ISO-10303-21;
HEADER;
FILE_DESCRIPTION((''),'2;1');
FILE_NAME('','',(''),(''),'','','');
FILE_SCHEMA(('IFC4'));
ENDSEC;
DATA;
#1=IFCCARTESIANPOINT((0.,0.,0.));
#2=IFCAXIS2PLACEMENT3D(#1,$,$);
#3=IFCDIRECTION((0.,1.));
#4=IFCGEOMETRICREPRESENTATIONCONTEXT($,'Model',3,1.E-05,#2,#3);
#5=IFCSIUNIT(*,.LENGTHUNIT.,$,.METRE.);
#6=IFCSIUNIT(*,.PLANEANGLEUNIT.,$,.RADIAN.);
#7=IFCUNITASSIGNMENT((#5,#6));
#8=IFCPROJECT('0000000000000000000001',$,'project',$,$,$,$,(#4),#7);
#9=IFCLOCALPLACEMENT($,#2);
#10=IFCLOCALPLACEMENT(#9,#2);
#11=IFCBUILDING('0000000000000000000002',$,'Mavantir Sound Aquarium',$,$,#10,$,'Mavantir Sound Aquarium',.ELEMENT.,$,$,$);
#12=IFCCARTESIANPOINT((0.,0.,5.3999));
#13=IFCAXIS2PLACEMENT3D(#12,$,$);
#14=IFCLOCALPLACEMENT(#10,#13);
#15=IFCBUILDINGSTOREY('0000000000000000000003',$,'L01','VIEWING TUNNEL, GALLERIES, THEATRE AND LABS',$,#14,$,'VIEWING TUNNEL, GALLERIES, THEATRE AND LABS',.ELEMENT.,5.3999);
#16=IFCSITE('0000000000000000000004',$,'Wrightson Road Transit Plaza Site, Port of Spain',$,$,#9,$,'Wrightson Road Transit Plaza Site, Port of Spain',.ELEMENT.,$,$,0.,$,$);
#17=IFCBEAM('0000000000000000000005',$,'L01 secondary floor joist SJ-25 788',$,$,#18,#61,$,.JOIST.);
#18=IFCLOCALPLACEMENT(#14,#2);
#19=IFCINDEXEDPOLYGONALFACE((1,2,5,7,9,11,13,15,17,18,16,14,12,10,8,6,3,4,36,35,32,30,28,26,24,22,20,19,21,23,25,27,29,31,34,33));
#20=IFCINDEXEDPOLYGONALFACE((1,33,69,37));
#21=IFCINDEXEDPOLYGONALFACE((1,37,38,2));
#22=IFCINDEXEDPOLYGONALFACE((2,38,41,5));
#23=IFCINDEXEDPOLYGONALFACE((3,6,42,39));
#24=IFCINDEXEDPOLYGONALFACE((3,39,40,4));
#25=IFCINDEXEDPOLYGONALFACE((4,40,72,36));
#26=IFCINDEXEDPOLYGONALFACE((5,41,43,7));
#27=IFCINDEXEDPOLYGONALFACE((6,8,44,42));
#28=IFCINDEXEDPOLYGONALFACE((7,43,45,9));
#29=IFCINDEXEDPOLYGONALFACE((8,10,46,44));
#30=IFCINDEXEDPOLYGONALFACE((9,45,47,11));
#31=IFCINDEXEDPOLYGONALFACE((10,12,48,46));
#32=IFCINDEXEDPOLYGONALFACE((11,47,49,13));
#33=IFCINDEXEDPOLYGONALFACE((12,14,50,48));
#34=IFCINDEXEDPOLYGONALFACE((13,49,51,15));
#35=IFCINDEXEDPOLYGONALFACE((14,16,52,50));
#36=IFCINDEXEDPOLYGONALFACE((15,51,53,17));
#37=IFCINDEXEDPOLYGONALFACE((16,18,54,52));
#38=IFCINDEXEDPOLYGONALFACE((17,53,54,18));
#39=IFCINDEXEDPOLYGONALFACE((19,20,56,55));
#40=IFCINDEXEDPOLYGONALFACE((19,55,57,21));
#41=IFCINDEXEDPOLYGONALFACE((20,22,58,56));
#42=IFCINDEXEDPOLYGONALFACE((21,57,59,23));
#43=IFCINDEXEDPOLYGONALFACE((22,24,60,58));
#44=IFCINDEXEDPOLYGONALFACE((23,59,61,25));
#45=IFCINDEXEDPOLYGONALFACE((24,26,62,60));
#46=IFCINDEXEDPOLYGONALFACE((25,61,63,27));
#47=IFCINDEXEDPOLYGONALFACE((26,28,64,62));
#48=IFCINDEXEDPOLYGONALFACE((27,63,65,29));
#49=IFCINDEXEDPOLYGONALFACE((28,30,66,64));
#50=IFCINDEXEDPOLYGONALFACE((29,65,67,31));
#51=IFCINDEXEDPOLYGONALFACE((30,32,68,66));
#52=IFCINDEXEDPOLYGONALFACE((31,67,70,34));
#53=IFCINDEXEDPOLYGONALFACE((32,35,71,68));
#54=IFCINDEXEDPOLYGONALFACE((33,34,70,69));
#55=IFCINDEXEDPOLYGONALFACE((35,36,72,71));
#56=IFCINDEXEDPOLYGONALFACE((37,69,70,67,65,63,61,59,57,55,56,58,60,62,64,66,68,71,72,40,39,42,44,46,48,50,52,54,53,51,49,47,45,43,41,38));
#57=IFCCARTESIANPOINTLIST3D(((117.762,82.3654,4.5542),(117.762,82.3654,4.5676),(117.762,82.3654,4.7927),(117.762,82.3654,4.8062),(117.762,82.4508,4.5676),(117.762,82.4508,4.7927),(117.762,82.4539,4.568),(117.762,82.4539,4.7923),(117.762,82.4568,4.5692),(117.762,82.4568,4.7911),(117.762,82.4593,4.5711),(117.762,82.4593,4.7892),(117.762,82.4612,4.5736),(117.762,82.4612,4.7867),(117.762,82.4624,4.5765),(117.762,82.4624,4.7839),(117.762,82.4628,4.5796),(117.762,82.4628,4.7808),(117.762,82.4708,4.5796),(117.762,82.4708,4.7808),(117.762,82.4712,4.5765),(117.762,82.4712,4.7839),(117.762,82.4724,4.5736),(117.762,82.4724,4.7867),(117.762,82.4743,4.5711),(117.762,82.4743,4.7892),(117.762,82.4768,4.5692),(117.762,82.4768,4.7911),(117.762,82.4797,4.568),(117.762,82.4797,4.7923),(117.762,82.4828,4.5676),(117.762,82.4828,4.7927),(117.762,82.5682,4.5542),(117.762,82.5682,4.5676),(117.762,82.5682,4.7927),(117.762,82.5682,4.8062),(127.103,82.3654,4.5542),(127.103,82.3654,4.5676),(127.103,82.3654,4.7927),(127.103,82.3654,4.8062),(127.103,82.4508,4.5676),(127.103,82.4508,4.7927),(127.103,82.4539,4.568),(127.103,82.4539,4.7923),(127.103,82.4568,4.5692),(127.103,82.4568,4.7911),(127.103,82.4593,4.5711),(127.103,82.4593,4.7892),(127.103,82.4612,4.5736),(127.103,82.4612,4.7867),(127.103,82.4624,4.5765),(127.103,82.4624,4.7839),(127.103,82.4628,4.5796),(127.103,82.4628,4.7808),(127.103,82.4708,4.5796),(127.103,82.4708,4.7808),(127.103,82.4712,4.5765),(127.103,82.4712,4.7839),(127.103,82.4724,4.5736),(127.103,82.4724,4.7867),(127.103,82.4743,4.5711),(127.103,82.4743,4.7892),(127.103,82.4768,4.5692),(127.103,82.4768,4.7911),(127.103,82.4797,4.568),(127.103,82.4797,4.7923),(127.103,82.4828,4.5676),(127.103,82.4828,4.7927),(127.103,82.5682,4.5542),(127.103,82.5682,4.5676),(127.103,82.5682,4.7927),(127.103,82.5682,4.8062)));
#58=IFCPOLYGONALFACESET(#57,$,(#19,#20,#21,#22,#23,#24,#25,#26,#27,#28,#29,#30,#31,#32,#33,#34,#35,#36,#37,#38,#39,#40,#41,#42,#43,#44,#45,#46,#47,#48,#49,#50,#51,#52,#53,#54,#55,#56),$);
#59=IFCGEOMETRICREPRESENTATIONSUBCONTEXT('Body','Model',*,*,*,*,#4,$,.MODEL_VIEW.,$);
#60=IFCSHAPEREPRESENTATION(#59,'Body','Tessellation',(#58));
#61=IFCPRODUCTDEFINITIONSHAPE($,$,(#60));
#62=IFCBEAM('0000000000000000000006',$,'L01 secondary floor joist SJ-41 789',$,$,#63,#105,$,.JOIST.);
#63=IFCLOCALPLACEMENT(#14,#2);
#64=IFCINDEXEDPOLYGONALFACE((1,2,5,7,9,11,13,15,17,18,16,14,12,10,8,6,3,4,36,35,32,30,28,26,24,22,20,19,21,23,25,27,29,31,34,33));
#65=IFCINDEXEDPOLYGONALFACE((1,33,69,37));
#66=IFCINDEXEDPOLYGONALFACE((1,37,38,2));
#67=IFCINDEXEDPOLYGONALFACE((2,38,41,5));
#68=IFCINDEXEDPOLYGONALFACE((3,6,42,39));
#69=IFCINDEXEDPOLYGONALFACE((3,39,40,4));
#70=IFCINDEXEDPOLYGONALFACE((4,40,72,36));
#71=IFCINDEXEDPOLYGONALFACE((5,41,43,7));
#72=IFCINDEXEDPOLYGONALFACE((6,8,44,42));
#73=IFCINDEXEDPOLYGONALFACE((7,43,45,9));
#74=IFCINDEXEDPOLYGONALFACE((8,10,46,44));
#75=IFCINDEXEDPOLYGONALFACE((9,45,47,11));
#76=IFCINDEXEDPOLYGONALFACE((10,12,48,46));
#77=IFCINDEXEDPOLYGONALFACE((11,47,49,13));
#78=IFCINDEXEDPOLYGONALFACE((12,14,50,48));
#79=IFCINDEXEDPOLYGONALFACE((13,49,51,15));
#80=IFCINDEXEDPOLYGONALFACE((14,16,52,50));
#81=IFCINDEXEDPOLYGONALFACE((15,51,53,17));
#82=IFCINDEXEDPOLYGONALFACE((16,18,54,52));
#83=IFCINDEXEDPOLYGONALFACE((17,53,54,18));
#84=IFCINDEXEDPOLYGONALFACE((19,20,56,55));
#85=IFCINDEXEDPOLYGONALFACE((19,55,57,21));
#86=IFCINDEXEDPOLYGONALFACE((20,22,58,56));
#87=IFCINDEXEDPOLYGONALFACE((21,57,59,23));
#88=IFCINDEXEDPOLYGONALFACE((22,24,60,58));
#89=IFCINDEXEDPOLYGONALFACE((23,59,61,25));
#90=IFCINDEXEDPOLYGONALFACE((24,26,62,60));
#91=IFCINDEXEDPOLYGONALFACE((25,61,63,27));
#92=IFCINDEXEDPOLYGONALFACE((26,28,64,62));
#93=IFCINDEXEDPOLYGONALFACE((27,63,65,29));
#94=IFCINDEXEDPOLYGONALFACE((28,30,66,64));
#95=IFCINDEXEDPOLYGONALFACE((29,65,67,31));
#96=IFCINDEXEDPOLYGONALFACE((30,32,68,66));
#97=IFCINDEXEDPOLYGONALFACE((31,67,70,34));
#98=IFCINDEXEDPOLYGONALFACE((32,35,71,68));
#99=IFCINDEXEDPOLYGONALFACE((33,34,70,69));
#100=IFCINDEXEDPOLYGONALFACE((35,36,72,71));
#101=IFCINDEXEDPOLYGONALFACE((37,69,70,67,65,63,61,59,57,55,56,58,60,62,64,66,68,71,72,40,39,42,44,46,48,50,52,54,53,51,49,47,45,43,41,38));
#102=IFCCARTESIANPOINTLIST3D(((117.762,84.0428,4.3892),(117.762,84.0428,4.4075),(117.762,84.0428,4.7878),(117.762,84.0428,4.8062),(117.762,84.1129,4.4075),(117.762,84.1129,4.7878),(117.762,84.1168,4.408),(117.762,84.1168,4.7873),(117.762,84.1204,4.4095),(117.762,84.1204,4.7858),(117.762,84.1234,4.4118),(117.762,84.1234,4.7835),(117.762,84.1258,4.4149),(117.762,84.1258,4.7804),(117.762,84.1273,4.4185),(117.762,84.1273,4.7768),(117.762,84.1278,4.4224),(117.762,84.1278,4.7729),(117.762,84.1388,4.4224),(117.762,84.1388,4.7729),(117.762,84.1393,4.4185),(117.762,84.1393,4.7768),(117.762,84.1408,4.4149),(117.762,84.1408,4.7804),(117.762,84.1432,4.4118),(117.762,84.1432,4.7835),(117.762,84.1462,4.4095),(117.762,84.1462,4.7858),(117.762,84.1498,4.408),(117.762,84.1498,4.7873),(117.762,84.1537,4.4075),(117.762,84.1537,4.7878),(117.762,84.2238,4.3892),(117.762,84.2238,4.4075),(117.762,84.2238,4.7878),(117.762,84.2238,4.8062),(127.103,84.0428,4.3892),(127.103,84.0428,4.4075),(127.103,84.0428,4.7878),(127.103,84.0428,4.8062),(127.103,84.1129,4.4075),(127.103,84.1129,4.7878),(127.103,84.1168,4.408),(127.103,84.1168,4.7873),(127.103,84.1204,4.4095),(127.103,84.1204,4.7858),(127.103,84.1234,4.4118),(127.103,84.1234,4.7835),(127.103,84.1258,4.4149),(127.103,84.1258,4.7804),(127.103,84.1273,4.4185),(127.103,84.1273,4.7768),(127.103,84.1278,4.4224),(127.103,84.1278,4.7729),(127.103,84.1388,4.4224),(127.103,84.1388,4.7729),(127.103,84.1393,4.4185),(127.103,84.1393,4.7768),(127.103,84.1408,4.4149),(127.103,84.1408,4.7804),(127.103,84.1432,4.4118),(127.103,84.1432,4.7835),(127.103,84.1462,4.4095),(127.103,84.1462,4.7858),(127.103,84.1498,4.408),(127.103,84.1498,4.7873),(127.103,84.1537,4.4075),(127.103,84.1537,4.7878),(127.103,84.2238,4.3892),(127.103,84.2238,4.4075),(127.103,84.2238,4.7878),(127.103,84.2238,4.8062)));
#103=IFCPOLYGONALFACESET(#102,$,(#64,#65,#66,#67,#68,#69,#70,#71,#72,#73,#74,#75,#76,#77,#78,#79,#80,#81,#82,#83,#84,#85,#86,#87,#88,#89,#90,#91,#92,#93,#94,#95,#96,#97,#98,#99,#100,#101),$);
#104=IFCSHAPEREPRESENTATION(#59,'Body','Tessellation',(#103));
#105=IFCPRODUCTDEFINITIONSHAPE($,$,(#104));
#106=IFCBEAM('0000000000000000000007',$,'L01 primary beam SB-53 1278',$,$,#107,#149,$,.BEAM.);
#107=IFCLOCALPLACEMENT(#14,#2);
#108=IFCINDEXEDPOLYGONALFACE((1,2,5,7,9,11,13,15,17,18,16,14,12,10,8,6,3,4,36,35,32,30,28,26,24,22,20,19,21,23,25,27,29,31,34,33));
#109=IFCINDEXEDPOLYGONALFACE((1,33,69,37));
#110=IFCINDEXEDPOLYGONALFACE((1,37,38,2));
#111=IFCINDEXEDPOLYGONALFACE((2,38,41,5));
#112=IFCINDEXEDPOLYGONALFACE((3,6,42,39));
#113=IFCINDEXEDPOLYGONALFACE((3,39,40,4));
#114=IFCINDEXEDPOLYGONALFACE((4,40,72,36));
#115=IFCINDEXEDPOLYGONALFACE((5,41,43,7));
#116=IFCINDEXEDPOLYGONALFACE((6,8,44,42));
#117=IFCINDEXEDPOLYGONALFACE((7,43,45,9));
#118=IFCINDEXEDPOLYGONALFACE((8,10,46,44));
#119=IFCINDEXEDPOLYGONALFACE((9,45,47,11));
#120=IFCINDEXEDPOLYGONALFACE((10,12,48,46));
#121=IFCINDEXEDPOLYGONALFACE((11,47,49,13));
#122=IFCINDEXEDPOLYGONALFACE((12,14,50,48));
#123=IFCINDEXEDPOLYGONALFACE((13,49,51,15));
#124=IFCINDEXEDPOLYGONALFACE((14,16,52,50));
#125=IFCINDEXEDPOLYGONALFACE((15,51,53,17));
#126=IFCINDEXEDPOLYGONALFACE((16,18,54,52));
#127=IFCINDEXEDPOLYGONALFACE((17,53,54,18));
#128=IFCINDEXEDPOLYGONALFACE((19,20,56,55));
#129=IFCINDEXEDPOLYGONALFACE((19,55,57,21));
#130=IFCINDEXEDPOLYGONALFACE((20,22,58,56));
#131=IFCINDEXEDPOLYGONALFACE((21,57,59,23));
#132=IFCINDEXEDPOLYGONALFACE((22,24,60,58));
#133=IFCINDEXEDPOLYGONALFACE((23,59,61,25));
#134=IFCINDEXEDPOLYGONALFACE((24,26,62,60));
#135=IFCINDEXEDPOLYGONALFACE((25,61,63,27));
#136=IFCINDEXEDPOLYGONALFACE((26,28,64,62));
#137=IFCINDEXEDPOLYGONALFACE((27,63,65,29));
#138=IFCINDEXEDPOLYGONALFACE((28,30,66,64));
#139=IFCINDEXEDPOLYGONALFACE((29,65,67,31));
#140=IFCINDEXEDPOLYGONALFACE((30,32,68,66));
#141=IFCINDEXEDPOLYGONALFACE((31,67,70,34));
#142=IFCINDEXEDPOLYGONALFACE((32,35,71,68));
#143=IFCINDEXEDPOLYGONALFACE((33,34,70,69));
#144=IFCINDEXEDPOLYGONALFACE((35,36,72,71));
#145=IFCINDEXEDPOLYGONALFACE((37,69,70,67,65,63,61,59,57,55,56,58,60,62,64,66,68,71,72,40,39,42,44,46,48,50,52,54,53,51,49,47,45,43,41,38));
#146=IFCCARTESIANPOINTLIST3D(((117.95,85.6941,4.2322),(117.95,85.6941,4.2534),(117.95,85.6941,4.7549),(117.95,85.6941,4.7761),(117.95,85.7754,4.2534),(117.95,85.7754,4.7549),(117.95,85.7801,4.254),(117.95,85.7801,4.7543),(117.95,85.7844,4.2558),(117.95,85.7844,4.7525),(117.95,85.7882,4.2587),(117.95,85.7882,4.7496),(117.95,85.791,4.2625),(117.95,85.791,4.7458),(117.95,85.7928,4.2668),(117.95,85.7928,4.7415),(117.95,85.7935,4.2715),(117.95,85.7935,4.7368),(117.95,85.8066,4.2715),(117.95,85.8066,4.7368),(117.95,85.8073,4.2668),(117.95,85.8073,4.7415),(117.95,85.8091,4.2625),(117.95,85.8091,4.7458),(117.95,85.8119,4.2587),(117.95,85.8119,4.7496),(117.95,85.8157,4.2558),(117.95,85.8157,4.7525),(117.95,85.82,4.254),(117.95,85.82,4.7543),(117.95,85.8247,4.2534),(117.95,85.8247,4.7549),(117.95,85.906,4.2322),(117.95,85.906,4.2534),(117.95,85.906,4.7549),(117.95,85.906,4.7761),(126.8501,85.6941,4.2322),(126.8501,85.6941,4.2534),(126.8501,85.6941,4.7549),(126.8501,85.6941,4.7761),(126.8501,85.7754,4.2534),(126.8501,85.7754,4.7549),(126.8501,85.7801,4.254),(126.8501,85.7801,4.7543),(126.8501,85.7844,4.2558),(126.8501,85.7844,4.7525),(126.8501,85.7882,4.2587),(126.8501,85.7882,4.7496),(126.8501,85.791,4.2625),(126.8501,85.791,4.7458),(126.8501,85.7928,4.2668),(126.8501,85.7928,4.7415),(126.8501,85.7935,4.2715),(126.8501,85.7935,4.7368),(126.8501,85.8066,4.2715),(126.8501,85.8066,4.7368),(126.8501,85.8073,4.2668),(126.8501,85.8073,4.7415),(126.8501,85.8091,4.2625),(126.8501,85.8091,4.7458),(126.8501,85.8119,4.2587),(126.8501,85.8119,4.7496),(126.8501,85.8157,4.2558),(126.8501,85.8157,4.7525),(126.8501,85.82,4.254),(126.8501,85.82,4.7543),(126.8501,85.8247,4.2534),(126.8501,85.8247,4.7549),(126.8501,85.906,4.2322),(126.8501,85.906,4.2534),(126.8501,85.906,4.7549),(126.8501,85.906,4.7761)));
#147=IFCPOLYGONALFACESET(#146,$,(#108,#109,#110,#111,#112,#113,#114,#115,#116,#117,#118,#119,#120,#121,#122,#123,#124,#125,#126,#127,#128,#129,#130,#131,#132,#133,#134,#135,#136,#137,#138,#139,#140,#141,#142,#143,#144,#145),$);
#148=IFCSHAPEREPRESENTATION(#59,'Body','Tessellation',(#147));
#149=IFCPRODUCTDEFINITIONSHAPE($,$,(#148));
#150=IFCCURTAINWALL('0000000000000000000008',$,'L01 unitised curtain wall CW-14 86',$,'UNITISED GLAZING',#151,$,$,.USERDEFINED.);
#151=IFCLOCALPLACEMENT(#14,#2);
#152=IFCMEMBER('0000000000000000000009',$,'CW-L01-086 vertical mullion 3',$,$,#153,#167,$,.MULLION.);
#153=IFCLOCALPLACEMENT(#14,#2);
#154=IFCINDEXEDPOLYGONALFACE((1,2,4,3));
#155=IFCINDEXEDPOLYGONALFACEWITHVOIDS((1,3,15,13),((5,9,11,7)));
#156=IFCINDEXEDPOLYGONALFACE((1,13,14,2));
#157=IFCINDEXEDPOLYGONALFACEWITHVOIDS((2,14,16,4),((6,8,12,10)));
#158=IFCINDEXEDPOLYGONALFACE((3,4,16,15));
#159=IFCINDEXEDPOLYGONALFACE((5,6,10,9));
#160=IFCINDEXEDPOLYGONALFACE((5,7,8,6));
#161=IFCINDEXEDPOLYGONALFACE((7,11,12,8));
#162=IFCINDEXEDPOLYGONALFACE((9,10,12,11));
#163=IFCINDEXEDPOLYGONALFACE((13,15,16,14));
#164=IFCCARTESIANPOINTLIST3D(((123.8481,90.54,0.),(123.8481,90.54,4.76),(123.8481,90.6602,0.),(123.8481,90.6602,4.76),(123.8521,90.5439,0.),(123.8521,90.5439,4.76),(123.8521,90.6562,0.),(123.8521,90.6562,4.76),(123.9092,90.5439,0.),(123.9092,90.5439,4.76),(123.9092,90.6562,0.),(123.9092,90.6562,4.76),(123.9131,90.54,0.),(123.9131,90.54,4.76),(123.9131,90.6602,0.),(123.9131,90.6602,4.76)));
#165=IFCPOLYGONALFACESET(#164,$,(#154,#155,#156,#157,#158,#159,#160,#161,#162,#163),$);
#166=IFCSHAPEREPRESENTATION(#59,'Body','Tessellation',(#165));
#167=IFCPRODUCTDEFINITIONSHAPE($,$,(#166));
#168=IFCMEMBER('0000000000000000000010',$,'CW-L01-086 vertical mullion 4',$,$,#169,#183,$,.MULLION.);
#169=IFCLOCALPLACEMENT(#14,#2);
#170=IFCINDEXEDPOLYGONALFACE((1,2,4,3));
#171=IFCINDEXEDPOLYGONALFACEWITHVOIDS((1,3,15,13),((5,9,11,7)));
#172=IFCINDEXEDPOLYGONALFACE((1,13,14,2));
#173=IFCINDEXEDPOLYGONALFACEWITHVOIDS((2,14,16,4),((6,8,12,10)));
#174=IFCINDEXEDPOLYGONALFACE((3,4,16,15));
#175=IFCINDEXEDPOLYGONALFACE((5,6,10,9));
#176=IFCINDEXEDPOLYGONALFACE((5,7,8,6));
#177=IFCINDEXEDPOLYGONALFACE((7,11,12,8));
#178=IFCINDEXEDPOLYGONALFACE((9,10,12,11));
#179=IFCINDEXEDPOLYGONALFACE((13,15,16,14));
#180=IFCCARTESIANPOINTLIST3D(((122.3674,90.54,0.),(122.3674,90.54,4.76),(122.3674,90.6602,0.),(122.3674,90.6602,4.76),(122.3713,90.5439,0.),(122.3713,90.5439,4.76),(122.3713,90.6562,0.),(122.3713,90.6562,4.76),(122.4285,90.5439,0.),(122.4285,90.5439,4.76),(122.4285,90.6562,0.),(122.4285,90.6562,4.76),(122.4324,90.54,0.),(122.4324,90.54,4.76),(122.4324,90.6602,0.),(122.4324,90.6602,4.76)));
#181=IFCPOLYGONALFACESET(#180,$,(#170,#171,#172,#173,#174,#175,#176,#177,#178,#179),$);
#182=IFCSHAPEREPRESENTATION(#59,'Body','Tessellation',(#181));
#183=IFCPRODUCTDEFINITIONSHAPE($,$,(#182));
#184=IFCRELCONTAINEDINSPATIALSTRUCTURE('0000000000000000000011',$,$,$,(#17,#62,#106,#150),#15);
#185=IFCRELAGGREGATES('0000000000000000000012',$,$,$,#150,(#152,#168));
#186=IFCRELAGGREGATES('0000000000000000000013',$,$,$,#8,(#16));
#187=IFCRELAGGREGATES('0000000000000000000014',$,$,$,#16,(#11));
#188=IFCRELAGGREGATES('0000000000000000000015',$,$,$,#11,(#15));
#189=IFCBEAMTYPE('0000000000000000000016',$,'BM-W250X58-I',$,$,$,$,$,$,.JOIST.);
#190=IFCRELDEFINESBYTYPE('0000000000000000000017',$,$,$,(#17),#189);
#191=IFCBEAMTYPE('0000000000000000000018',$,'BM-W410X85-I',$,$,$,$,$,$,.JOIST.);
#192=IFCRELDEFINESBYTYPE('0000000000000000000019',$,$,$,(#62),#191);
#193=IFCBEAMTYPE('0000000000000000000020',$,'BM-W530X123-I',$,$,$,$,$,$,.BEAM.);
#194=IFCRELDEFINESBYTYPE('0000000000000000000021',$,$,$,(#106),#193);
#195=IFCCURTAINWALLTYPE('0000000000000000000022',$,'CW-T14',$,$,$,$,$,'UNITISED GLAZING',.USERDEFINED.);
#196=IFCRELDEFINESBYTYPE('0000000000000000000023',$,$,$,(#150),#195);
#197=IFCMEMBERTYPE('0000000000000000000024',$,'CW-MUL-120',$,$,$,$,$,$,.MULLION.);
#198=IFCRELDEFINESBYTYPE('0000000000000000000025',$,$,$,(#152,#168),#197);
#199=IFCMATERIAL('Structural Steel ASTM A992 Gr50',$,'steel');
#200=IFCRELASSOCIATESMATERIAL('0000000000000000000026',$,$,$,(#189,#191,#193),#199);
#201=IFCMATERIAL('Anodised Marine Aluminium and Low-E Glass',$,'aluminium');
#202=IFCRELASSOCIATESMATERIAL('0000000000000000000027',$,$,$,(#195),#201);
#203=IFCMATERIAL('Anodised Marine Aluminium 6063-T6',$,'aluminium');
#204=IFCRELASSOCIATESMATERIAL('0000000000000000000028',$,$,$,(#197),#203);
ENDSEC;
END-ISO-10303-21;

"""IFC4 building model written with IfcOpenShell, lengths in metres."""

from ifc_helpers import new_model, si_unit, direction, frame, origin, origin_2d, place, context, subcontext, project, spatial, hollow_rectangle, i_section, extrude, material, material_profile, profile_set, type_object, element, aggregate, save


model = new_model("IFC4")

# Units and contexts
model_context = context("Model", 3, precision=1e-05, world=origin(), true_north=direction((0.0, 1.0)))
body_context = subcontext(model_context, "Body", "Model", "MODEL_VIEW")
ifc_project = project(units=[si_unit("LENGTHUNIT", "METRE"), si_unit("PLANEANGLEUNIT", "RADIAN")], contexts=[model_context])

# Site, building, storey
site_placement = place(None, origin())
site = spatial("IfcSite", under=ifc_project, at=site_placement, Name="Wrightson Road Transit Plaza Site, Port of Spain", LongName="Wrightson Road Transit Plaza Site, Port of Spain", CompositionType="ELEMENT", RefElevation=0.0)
building_placement = place(site_placement, origin())
building = spatial("IfcBuilding", under=site, at=building_placement, Name="Mavantir Sound Aquarium", LongName="Mavantir Sound Aquarium", CompositionType="ELEMENT")
storey_placement = place(building_placement, frame((0.0, 0.0, 5.3999)))
storey = spatial("IfcBuildingStorey", under=building, at=storey_placement, Name="L01", Description="VIEWING TUNNEL, GALLERIES, THEATRE AND LABS", LongName="VIEWING TUNNEL, GALLERIES, THEATRE AND LABS", CompositionType="ELEMENT", Elevation=5.3999)

# Beams
ifc_material_1 = material(Name="Structural Steel ASTM A992 Gr50", Category="steel")
ifc_material_profile_1 = material_profile(ifc_material_1, i_section(OverallWidth=0.2029, OverallDepth=0.252, WebThickness=0.0081, FlangeThickness=0.0134, FilletRadius=0.012, at=origin_2d()), Name="W250X58")
ifc_profile_set_1 = profile_set([ifc_material_profile_1], Name="Structural Steel ASTM A992 Gr50")
beam_type_1 = type_object("IfcBeamType", Name="BM-W250X58-I", PredefinedType="JOIST", material=ifc_profile_set_1)
beam_1_placement = place(storey_placement, frame((117.762, 82.4668, 4.6802), z_axis=(1.0, 0.0, 0.0), x_axis=(0.0, 1.0, 0.0)))
element("IfcBeam", 1, at=beam_1_placement, inside=storey, type_object=beam_type_1, Name="L01 secondary floor joist SJ-25 788", PredefinedType="JOIST", context=body_context, shape_type="SweptSolid", body=[
    extrude(i_section(OverallWidth=0.2029, OverallDepth=0.252, WebThickness=0.0081, FlangeThickness=0.0134, FilletRadius=0.012, at=origin_2d()), origin(), (0.0, 0.0, 1.0), 9.3411),
])
ifc_material_profile_2 = material_profile(ifc_material_1, i_section(OverallWidth=0.1809, OverallDepth=0.417, WebThickness=0.011, FlangeThickness=0.0183, FilletRadius=0.0149, at=origin_2d()), Name="W410X85")
ifc_profile_set_2 = profile_set([ifc_material_profile_2], Name="Structural Steel ASTM A992 Gr50")
beam_type_2 = type_object("IfcBeamType", Name="BM-W410X85-I", PredefinedType="JOIST", material=ifc_profile_set_2)
beam_2_placement = place(storey_placement, frame((117.762, 84.1333, 4.5977), z_axis=(1.0, 0.0, 0.0), x_axis=(0.0, 1.0, 0.0)))
element("IfcBeam", 2, at=beam_2_placement, inside=storey, type_object=beam_type_2, Name="L01 secondary floor joist SJ-41 789", PredefinedType="JOIST", context=body_context, shape_type="SweptSolid", body=[
    extrude(i_section(OverallWidth=0.1809, OverallDepth=0.417, WebThickness=0.011, FlangeThickness=0.0183, FilletRadius=0.0149, at=origin_2d()), origin(), (0.0, 0.0, 1.0), 9.3411),
])
ifc_material_profile_3 = material_profile(ifc_material_1, i_section(OverallWidth=0.2119, OverallDepth=0.5439, WebThickness=0.0132, FlangeThickness=0.0212, FilletRadius=0.0181, at=origin_2d()), Name="W530X123")
ifc_profile_set_3 = profile_set([ifc_material_profile_3], Name="Structural Steel ASTM A992 Gr50")
beam_type_3 = type_object("IfcBeamType", Name="BM-W530X123-I", PredefinedType="BEAM", material=ifc_profile_set_3)
beam_3_placement = place(storey_placement, frame((117.95, 85.8, 4.5042), z_axis=(1.0, 0.0, 0.0), x_axis=(0.0, 1.0, 0.0)))
element("IfcBeam", 3, at=beam_3_placement, inside=storey, type_object=beam_type_3, Name="L01 primary beam SB-53 1278", PredefinedType="BEAM", context=body_context, shape_type="SweptSolid", body=[
    extrude(i_section(OverallWidth=0.2119, OverallDepth=0.5439, WebThickness=0.0132, FlangeThickness=0.0212, FilletRadius=0.0181, at=origin_2d()), origin(), (0.0, 0.0, 1.0), 8.9001),
])

# Curtain wall, members
ifc_material_2 = material(Name="Anodised Marine Aluminium and Low-E Glass", Category="aluminium")
curtain_wall_type = type_object("IfcCurtainWallType", Name="CW-T14", ElementType="UNITISED GLAZING", PredefinedType="USERDEFINED", material=ifc_material_2)
curtain_wall_placement = place(storey_placement, origin())
curtain_wall = element("IfcCurtainWall", 4, at=curtain_wall_placement, inside=storey, type_object=curtain_wall_type, Name="L01 unitised curtain wall CW-14 86", ObjectType="UNITISED GLAZING", PredefinedType="USERDEFINED")
ifc_material_3 = material(Name="Anodised Marine Aluminium 6063-T6", Category="aluminium")
ifc_material_profile_4 = material_profile(ifc_material_3, hollow_rectangle(XDim=0.0649, YDim=0.1201, WallThickness=0.0039, at=origin_2d()), Name="ALU-MULLION-120X65")
ifc_profile_set_4 = profile_set([ifc_material_profile_4], Name="Anodised Marine Aluminium 6063-T6")
member_type_1 = type_object("IfcMemberType", Name="CW-MUL-120", PredefinedType="MULLION", material=ifc_profile_set_4)
member_1_placement = place(storey_placement, frame((123.8806, 90.6001, 0.0), z_axis=(0.0, 0.0, 1.0), x_axis=(1.0, 0.0, 0.0)))
member_1 = element("IfcMember", 5, at=member_1_placement, type_object=member_type_1, Name="CW-L01-086 vertical mullion 3", PredefinedType="MULLION", context=body_context, shape_type="SweptSolid", body=[
    extrude(hollow_rectangle(XDim=0.0649, YDim=0.1201, WallThickness=0.0039, at=origin_2d()), origin(), (0.0, 0.0, 1.0), 4.76),
])
member_2_placement = place(storey_placement, frame((122.3999, 90.6001, 0.0), z_axis=(0.0, 0.0, 1.0), x_axis=(1.0, 0.0, 0.0)))
member_2 = element("IfcMember", 6, at=member_2_placement, type_object=member_type_1, Name="CW-L01-086 vertical mullion 4", PredefinedType="MULLION", context=body_context, shape_type="SweptSolid", body=[
    extrude(hollow_rectangle(XDim=0.0649, YDim=0.1201, WallThickness=0.0039, at=origin_2d()), origin(), (0.0, 0.0, 1.0), 4.76),
])
aggregate(curtain_wall, [member_1, member_2])

save(model, "model.ifc")
